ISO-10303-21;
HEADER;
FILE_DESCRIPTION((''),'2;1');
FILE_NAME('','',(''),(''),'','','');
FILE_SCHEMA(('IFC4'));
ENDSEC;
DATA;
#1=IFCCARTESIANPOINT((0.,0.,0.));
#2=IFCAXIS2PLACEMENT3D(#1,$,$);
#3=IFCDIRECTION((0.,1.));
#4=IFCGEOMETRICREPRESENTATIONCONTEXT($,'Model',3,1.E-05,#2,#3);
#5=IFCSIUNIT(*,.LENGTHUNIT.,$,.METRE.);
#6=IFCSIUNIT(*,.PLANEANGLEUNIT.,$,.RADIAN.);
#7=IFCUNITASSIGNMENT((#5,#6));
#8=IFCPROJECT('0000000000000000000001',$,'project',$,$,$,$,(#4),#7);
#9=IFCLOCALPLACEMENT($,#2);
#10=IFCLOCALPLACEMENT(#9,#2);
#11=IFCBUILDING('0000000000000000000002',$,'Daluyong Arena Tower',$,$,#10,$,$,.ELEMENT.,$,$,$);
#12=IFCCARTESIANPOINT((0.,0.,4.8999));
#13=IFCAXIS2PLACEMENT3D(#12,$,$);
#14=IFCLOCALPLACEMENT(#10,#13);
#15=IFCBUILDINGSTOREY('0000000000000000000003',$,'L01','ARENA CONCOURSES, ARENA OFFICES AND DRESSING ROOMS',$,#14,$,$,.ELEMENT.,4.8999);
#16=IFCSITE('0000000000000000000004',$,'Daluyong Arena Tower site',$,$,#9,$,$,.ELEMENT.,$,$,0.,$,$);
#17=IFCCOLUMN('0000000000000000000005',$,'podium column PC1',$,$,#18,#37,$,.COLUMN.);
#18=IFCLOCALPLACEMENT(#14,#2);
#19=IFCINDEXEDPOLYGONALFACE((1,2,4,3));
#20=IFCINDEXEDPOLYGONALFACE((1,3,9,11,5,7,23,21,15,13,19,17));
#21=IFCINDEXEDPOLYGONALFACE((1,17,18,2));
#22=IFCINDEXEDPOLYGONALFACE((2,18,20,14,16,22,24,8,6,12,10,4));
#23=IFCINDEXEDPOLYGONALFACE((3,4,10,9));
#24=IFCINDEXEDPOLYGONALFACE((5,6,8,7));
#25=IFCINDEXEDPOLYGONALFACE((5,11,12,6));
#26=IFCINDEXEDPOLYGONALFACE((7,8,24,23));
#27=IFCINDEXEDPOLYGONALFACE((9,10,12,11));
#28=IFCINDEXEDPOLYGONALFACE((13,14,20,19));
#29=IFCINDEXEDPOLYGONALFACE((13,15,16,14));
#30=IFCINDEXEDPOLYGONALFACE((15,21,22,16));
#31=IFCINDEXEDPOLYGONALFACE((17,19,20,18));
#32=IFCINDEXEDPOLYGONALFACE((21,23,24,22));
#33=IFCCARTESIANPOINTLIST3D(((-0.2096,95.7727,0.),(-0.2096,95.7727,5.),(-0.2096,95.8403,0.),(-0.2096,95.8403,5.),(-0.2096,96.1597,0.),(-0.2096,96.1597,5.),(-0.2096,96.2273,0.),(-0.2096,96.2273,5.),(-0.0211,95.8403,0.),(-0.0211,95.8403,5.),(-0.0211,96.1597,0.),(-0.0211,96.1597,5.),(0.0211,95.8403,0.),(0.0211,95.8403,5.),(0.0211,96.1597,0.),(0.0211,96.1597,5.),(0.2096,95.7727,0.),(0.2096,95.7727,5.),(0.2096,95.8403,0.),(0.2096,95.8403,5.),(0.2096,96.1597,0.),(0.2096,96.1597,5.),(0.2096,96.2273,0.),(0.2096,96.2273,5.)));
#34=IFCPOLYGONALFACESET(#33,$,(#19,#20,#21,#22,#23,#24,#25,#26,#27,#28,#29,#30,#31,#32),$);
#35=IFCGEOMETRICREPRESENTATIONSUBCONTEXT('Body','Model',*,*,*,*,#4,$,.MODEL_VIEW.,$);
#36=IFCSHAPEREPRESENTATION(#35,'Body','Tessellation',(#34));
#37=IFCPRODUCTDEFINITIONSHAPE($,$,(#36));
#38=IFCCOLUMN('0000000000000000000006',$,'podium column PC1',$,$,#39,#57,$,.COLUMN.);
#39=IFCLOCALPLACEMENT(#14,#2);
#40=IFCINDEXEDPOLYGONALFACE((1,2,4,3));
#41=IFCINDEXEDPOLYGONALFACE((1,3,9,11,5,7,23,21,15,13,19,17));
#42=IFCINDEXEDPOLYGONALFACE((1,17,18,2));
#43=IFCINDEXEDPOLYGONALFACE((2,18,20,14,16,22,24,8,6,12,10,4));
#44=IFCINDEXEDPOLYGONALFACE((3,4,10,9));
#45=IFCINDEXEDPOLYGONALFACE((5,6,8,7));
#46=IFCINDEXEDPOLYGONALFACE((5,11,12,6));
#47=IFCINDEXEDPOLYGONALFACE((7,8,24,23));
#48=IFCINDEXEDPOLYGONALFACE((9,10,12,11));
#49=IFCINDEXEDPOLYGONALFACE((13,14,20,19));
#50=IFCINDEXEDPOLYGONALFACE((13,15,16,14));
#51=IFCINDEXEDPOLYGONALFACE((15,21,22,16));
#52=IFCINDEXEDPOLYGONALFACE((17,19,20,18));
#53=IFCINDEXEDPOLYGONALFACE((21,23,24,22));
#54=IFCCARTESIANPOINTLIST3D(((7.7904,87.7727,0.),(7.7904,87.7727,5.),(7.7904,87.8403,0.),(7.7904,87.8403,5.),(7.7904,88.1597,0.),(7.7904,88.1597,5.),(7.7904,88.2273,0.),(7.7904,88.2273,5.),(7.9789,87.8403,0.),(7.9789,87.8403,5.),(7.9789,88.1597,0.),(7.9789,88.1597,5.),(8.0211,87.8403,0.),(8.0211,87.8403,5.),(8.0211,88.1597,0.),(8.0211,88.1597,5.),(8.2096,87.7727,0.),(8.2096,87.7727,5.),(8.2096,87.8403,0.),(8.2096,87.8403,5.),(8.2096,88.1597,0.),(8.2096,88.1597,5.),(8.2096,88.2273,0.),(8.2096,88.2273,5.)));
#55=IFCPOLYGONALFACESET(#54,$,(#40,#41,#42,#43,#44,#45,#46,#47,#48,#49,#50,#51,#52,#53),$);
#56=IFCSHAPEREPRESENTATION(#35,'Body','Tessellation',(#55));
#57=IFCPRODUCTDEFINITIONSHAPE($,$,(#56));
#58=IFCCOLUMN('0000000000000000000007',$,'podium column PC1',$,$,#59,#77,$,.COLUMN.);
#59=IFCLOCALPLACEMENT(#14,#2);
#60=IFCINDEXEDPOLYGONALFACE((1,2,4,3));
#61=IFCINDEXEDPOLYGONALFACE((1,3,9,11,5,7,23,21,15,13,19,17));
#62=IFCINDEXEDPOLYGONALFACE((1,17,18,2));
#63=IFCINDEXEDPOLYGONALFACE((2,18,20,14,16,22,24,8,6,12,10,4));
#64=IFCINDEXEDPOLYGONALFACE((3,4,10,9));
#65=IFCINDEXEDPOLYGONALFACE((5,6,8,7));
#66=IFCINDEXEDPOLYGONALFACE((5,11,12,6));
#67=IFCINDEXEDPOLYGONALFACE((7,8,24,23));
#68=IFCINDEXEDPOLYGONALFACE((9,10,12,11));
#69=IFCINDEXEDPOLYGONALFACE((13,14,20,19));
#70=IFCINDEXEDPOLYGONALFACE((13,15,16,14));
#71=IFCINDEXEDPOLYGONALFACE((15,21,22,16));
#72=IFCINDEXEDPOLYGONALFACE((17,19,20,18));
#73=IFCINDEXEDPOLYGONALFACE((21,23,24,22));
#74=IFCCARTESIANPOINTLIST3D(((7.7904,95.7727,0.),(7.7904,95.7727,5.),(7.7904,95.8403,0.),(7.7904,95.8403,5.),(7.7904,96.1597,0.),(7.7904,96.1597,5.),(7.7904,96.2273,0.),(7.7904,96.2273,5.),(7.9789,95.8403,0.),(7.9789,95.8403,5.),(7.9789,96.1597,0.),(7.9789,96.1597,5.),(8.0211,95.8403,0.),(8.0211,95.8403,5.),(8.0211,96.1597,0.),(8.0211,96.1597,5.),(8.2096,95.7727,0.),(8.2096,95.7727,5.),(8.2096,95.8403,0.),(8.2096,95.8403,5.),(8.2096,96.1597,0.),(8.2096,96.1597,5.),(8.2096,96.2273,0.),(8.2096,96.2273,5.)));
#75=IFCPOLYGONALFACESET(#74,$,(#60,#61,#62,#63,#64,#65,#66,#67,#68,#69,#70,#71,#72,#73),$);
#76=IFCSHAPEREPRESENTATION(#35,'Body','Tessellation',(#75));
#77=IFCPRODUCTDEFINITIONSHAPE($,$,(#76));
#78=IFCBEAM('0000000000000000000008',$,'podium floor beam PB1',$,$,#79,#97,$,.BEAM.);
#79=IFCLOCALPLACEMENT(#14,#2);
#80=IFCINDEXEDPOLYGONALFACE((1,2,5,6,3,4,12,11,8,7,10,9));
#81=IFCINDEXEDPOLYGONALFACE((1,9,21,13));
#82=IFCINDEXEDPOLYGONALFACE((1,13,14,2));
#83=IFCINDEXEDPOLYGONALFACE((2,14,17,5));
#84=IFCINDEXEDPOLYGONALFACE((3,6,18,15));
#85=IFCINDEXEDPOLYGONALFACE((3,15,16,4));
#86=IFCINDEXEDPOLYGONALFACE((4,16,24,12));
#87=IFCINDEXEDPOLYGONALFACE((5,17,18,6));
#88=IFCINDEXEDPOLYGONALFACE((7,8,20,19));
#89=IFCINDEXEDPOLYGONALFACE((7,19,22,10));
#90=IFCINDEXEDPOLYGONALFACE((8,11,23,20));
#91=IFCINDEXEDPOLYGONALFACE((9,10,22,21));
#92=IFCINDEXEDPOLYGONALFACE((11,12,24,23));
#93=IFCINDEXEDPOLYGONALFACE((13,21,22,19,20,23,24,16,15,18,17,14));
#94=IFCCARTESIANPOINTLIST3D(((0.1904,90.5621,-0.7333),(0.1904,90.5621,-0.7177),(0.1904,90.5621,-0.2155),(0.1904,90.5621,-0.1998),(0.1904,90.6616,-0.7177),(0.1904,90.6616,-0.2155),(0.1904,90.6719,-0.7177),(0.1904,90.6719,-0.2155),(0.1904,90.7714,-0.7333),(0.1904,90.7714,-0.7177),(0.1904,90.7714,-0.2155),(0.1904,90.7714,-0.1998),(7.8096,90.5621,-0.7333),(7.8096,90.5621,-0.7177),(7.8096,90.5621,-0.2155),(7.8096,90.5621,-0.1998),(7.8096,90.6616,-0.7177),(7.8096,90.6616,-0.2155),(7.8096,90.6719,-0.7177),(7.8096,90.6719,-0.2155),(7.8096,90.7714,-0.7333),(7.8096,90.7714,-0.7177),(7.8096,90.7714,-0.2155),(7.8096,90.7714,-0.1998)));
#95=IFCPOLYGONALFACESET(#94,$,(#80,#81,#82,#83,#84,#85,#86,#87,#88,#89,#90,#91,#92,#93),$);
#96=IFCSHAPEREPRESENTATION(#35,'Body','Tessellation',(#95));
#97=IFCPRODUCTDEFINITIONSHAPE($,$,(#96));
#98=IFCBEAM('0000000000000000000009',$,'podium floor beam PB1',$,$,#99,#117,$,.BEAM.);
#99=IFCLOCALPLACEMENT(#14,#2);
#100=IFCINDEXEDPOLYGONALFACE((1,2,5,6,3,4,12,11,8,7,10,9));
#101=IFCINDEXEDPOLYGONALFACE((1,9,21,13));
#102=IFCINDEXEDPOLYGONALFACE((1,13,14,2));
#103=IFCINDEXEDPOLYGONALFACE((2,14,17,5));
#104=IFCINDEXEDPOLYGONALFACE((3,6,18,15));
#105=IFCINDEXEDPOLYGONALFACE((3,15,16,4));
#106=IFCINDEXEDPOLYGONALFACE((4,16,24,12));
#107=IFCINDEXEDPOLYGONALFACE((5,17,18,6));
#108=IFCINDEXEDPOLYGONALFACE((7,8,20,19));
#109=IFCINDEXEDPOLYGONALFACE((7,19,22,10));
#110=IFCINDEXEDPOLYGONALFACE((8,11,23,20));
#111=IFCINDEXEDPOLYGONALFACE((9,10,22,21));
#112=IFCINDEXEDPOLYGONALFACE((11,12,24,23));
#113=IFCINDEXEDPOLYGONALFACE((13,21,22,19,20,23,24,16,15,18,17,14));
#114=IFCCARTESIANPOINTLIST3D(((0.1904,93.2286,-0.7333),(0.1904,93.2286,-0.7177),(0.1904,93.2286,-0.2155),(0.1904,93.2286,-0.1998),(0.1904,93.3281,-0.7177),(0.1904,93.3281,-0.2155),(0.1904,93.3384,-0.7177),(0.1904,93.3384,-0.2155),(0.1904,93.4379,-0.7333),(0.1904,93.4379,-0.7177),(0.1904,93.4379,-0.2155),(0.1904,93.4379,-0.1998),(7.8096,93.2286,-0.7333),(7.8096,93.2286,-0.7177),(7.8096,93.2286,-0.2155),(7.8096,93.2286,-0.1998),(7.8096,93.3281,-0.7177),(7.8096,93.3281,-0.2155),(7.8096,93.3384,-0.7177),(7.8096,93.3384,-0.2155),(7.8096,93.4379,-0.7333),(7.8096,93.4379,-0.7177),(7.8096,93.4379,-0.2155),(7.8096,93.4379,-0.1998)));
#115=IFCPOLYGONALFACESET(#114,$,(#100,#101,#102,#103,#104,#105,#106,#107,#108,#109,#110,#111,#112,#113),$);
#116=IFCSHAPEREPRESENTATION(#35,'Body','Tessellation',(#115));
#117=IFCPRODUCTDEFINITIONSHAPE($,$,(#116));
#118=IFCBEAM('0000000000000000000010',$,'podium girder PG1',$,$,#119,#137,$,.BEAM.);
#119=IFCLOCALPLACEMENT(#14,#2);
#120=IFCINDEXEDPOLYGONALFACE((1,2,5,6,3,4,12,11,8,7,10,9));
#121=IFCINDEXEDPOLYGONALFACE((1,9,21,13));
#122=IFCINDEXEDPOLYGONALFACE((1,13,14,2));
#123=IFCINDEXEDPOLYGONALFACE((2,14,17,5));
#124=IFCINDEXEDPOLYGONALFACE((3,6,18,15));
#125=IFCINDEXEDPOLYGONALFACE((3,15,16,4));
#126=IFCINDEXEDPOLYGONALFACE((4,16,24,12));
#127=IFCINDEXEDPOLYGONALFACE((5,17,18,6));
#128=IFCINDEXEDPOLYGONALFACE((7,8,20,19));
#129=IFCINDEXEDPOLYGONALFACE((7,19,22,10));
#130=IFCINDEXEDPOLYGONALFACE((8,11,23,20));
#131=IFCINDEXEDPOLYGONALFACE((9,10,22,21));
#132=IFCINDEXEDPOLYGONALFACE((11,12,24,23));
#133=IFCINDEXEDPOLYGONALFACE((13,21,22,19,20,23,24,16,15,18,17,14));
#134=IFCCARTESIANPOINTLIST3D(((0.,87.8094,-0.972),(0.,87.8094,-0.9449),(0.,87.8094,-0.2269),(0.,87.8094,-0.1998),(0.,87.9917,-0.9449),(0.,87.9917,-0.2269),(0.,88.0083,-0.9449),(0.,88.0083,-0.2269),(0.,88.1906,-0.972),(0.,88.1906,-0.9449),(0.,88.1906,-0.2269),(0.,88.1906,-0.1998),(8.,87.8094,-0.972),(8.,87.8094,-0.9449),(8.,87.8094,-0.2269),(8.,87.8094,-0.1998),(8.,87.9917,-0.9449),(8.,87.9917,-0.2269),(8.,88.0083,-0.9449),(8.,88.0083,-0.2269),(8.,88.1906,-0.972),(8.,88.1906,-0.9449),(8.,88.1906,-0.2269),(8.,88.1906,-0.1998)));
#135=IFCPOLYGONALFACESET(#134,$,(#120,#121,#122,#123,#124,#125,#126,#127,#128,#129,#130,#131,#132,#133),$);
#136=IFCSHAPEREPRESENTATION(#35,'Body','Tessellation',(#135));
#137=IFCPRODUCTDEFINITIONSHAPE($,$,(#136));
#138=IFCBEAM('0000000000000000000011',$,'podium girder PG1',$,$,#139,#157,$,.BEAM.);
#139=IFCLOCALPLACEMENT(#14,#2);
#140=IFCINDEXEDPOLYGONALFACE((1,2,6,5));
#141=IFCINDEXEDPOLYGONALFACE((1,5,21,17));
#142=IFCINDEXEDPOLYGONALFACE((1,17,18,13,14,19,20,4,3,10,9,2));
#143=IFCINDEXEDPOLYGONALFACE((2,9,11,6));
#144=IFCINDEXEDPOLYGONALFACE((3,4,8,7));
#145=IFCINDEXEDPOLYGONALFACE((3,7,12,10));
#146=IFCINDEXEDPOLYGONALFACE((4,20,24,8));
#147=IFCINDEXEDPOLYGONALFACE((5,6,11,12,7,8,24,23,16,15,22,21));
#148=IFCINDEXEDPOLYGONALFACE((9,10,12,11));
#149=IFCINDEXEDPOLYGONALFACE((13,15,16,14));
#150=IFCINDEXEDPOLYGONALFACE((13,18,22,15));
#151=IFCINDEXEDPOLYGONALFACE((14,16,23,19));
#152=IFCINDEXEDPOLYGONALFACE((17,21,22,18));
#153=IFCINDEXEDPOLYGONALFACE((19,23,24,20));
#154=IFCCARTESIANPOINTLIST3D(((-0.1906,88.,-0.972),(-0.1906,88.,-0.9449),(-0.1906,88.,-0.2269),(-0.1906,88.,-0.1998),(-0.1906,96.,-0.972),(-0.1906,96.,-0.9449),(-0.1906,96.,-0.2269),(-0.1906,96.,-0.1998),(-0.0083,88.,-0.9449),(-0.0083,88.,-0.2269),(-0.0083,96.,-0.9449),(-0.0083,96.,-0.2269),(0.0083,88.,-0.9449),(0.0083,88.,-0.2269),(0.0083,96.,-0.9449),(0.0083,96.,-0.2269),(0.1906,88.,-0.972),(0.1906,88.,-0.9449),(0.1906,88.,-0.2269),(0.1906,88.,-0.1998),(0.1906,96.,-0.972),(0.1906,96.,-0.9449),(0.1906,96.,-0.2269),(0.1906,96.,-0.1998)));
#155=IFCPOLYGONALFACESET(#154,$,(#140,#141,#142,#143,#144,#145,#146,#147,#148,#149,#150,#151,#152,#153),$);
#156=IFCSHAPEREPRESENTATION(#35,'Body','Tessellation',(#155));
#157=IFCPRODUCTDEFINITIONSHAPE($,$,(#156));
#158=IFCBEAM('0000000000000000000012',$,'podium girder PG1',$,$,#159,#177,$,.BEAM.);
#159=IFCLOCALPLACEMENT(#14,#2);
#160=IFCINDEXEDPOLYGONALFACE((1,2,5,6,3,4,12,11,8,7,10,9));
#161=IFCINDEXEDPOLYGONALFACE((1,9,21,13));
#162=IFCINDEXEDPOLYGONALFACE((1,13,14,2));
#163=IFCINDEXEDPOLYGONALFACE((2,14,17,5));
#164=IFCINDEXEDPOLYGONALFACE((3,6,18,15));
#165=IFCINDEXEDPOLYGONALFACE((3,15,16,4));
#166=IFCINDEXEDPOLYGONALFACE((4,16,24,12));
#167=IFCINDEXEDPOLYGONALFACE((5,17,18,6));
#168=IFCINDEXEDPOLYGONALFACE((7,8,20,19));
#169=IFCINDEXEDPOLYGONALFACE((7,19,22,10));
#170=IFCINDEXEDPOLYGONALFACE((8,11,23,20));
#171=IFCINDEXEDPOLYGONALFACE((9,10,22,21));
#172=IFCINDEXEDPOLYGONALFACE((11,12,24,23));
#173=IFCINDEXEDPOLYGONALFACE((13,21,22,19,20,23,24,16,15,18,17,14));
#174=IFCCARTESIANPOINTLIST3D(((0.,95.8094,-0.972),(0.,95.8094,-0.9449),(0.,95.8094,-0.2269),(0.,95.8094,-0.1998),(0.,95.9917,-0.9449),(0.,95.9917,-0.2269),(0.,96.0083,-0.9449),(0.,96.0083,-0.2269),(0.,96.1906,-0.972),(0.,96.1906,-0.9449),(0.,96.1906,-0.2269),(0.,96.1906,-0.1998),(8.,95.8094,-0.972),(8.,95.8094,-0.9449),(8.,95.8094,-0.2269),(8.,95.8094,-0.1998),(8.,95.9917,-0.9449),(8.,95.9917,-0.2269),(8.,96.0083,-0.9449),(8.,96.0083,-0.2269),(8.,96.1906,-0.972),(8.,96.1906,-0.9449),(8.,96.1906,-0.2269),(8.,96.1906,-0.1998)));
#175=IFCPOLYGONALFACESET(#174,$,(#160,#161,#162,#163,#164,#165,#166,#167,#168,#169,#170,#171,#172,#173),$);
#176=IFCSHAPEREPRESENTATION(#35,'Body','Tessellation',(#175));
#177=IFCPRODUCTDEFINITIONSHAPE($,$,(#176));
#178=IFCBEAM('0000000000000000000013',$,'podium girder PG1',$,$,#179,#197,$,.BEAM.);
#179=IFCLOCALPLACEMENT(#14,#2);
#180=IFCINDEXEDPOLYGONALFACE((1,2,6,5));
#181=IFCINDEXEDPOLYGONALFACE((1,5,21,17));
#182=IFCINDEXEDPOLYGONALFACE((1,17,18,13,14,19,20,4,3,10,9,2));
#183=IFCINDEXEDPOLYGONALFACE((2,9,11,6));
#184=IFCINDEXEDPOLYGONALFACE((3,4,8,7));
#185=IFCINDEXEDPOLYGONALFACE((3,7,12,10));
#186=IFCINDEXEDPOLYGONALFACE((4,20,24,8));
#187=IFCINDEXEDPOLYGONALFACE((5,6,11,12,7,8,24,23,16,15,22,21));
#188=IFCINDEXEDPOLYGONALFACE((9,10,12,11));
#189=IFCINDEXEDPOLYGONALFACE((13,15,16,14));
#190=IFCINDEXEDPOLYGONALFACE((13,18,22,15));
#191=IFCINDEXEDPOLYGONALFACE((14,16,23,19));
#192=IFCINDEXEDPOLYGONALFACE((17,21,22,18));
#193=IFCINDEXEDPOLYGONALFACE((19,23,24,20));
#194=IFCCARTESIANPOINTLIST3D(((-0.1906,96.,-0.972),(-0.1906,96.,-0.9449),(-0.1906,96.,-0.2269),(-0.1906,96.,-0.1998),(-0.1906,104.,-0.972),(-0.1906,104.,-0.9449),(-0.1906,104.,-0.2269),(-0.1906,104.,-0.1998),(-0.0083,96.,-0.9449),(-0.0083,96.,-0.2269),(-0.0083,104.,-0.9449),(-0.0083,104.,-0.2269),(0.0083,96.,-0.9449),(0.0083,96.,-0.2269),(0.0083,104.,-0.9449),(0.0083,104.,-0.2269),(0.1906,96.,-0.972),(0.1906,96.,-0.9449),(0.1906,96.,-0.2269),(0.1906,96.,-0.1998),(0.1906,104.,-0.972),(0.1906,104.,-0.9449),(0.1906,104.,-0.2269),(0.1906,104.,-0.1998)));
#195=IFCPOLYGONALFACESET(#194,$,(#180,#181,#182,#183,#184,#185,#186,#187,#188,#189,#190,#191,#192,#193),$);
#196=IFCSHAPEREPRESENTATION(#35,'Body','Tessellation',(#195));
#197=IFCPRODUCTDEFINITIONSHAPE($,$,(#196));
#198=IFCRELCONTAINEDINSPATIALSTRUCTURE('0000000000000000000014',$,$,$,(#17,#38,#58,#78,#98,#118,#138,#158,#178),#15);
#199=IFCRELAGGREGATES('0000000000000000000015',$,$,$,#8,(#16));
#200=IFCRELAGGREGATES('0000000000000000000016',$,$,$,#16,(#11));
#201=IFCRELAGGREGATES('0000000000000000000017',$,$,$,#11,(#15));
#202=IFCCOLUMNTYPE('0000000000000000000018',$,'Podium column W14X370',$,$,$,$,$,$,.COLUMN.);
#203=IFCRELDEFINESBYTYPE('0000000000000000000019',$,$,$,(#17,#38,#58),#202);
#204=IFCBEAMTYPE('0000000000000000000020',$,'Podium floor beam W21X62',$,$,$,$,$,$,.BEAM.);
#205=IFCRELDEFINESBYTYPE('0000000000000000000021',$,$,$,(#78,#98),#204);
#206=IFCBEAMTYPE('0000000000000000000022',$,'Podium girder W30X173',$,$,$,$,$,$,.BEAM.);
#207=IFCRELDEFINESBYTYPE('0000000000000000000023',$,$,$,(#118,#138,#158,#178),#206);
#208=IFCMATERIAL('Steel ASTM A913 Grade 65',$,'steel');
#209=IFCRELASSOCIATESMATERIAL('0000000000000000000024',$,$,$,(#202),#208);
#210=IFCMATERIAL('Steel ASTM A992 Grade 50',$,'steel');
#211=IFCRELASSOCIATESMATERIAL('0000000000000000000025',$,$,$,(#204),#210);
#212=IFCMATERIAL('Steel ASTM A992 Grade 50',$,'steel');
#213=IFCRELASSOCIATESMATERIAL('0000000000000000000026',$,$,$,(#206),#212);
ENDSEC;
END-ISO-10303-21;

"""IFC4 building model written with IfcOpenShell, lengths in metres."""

from ifc_helpers import new_model, si_unit, direction, frame, origin, origin_2d, place, context, subcontext, project, spatial, i_section, extrude, material, material_profile, profile_set, type_object, element, save


model = new_model("IFC4")

# Units and contexts
model_context = context("Model", 3, precision=1e-05, world=origin(), true_north=direction((0.0, 1.0)))
body_context = subcontext(model_context, "Body", "Model", "MODEL_VIEW")
ifc_project = project(units=[si_unit("LENGTHUNIT", "METRE"), si_unit("PLANEANGLEUNIT", "RADIAN")], contexts=[model_context])

# Site, building, storey
site_placement = place(None, origin())
site = spatial("IfcSite", under=ifc_project, at=site_placement, Name="Daluyong Arena Tower site", CompositionType="ELEMENT", RefElevation=0.0)
building_placement = place(site_placement, origin())
building = spatial("IfcBuilding", under=site, at=building_placement, Name="Daluyong Arena Tower", CompositionType="ELEMENT")
storey_placement = place(building_placement, frame((0.0, 0.0, 4.8999)))
storey = spatial("IfcBuildingStorey", under=building, at=storey_placement, Name="L01", Description="ARENA CONCOURSES, ARENA OFFICES AND DRESSING ROOMS", CompositionType="ELEMENT", Elevation=4.8999)

# Columns
ifc_material_1 = material(Name="Steel ASTM A913 Grade 65", Category="steel")
ifc_material_profile_1 = material_profile(ifc_material_1, i_section(OverallWidth=0.4192, OverallDepth=0.4546, WebThickness=0.0422, FlangeThickness=0.0676, at=origin_2d()))
ifc_profile_set_1 = profile_set([ifc_material_profile_1], Name="Steel ASTM A913 Grade 65")
column_type = type_object("IfcColumnType", Name="Podium column W14X370", PredefinedType="COLUMN", material=ifc_profile_set_1)
for number, where, z_axis, x_axis, name in (
    (1, (0.0, 96.0, 0.0), (0.0, 0.0, 1.0), (1.0, 0.0, 0.0), "podium column PC1"),
    (2, (8.0, 88.0, 0.0), (0.0, 0.0, 1.0), (1.0, 0.0, 0.0), "podium column PC1"),
    (3, (8.0, 96.0, 0.0), (0.0, 0.0, 1.0), (1.0, 0.0, 0.0), "podium column PC1"),
):
    element("IfcColumn", number, at=place(storey_placement, frame(where, z_axis=z_axis, x_axis=x_axis)), inside=storey, type_object=column_type, Name=name, PredefinedType="COLUMN", context=body_context, shape_type="SweptSolid", body=[
        extrude(i_section(OverallWidth=0.4192, OverallDepth=0.4546, WebThickness=0.0422, FlangeThickness=0.0676, at=origin_2d()), origin(), (0.0, 0.0, 1.0), 5.0),
    ])

# Beams
ifc_material_2 = material(Name="Steel ASTM A992 Grade 50", Category="steel")
ifc_material_profile_2 = material_profile(ifc_material_2, i_section(OverallWidth=0.2092, OverallDepth=0.5334, WebThickness=0.0103, FlangeThickness=0.0156, at=origin_2d()))
ifc_profile_set_2 = profile_set([ifc_material_profile_2], Name="Steel ASTM A992 Grade 50")
beam_type_1 = type_object("IfcBeamType", Name="Podium floor beam W21X62", PredefinedType="BEAM", material=ifc_profile_set_2)
for number, where, z_axis, x_axis, name in (
    (4, (0.1904, 90.6667, -0.4666), (1.0, 0.0, 0.0), (0.0, 1.0, 0.0), "podium floor beam PB1"),
    (5, (0.1904, 93.3333, -0.4666), (1.0, 0.0, 0.0), (0.0, 1.0, 0.0), "podium floor beam PB1"),
):
    element("IfcBeam", number, at=place(storey_placement, frame(where, z_axis=z_axis, x_axis=x_axis)), inside=storey, type_object=beam_type_1, Name=name, PredefinedType="BEAM", context=body_context, shape_type="SweptSolid", body=[
        extrude(i_section(OverallWidth=0.2092, OverallDepth=0.5334, WebThickness=0.0103, FlangeThickness=0.0156, at=origin_2d()), origin(), (0.0, 0.0, 1.0), 7.6191),
    ])
ifc_material_3 = material(Name="Steel ASTM A992 Grade 50", Category="steel")
ifc_material_profile_3 = material_profile(ifc_material_3, i_section(OverallWidth=0.3811, OverallDepth=0.7722, WebThickness=0.0166, FlangeThickness=0.0271, at=origin_2d()))
ifc_profile_set_3 = profile_set([ifc_material_profile_3], Name="Steel ASTM A992 Grade 50")
beam_type_2 = type_object("IfcBeamType", Name="Podium girder W30X173", PredefinedType="BEAM", material=ifc_profile_set_3)
for number, where, z_axis, x_axis, name in (
    (6, (0.0, 88.0, -0.5859), (1.0, 0.0, 0.0), (0.0, 1.0, 0.0), "podium girder PG1"),
    (7, (0.0, 88.0, -0.5859), (0.0, 1.0, 0.0), (-1.0, 0.0, 0.0), "podium girder PG1"),
    (8, (0.0, 96.0, -0.5859), (1.0, 0.0, 0.0), (0.0, 1.0, 0.0), "podium girder PG1"),
    (9, (0.0, 96.0, -0.5859), (0.0, 1.0, 0.0), (-1.0, 0.0, 0.0), "podium girder PG1"),
):
    element("IfcBeam", number, at=place(storey_placement, frame(where, z_axis=z_axis, x_axis=x_axis)), inside=storey, type_object=beam_type_2, Name=name, PredefinedType="BEAM", context=body_context, shape_type="SweptSolid", body=[
        extrude(i_section(OverallWidth=0.3811, OverallDepth=0.7722, WebThickness=0.0166, FlangeThickness=0.0271, at=origin_2d()), origin(), (0.0, 0.0, 1.0), 8.0),
    ])

save(model, "model.ifc")
